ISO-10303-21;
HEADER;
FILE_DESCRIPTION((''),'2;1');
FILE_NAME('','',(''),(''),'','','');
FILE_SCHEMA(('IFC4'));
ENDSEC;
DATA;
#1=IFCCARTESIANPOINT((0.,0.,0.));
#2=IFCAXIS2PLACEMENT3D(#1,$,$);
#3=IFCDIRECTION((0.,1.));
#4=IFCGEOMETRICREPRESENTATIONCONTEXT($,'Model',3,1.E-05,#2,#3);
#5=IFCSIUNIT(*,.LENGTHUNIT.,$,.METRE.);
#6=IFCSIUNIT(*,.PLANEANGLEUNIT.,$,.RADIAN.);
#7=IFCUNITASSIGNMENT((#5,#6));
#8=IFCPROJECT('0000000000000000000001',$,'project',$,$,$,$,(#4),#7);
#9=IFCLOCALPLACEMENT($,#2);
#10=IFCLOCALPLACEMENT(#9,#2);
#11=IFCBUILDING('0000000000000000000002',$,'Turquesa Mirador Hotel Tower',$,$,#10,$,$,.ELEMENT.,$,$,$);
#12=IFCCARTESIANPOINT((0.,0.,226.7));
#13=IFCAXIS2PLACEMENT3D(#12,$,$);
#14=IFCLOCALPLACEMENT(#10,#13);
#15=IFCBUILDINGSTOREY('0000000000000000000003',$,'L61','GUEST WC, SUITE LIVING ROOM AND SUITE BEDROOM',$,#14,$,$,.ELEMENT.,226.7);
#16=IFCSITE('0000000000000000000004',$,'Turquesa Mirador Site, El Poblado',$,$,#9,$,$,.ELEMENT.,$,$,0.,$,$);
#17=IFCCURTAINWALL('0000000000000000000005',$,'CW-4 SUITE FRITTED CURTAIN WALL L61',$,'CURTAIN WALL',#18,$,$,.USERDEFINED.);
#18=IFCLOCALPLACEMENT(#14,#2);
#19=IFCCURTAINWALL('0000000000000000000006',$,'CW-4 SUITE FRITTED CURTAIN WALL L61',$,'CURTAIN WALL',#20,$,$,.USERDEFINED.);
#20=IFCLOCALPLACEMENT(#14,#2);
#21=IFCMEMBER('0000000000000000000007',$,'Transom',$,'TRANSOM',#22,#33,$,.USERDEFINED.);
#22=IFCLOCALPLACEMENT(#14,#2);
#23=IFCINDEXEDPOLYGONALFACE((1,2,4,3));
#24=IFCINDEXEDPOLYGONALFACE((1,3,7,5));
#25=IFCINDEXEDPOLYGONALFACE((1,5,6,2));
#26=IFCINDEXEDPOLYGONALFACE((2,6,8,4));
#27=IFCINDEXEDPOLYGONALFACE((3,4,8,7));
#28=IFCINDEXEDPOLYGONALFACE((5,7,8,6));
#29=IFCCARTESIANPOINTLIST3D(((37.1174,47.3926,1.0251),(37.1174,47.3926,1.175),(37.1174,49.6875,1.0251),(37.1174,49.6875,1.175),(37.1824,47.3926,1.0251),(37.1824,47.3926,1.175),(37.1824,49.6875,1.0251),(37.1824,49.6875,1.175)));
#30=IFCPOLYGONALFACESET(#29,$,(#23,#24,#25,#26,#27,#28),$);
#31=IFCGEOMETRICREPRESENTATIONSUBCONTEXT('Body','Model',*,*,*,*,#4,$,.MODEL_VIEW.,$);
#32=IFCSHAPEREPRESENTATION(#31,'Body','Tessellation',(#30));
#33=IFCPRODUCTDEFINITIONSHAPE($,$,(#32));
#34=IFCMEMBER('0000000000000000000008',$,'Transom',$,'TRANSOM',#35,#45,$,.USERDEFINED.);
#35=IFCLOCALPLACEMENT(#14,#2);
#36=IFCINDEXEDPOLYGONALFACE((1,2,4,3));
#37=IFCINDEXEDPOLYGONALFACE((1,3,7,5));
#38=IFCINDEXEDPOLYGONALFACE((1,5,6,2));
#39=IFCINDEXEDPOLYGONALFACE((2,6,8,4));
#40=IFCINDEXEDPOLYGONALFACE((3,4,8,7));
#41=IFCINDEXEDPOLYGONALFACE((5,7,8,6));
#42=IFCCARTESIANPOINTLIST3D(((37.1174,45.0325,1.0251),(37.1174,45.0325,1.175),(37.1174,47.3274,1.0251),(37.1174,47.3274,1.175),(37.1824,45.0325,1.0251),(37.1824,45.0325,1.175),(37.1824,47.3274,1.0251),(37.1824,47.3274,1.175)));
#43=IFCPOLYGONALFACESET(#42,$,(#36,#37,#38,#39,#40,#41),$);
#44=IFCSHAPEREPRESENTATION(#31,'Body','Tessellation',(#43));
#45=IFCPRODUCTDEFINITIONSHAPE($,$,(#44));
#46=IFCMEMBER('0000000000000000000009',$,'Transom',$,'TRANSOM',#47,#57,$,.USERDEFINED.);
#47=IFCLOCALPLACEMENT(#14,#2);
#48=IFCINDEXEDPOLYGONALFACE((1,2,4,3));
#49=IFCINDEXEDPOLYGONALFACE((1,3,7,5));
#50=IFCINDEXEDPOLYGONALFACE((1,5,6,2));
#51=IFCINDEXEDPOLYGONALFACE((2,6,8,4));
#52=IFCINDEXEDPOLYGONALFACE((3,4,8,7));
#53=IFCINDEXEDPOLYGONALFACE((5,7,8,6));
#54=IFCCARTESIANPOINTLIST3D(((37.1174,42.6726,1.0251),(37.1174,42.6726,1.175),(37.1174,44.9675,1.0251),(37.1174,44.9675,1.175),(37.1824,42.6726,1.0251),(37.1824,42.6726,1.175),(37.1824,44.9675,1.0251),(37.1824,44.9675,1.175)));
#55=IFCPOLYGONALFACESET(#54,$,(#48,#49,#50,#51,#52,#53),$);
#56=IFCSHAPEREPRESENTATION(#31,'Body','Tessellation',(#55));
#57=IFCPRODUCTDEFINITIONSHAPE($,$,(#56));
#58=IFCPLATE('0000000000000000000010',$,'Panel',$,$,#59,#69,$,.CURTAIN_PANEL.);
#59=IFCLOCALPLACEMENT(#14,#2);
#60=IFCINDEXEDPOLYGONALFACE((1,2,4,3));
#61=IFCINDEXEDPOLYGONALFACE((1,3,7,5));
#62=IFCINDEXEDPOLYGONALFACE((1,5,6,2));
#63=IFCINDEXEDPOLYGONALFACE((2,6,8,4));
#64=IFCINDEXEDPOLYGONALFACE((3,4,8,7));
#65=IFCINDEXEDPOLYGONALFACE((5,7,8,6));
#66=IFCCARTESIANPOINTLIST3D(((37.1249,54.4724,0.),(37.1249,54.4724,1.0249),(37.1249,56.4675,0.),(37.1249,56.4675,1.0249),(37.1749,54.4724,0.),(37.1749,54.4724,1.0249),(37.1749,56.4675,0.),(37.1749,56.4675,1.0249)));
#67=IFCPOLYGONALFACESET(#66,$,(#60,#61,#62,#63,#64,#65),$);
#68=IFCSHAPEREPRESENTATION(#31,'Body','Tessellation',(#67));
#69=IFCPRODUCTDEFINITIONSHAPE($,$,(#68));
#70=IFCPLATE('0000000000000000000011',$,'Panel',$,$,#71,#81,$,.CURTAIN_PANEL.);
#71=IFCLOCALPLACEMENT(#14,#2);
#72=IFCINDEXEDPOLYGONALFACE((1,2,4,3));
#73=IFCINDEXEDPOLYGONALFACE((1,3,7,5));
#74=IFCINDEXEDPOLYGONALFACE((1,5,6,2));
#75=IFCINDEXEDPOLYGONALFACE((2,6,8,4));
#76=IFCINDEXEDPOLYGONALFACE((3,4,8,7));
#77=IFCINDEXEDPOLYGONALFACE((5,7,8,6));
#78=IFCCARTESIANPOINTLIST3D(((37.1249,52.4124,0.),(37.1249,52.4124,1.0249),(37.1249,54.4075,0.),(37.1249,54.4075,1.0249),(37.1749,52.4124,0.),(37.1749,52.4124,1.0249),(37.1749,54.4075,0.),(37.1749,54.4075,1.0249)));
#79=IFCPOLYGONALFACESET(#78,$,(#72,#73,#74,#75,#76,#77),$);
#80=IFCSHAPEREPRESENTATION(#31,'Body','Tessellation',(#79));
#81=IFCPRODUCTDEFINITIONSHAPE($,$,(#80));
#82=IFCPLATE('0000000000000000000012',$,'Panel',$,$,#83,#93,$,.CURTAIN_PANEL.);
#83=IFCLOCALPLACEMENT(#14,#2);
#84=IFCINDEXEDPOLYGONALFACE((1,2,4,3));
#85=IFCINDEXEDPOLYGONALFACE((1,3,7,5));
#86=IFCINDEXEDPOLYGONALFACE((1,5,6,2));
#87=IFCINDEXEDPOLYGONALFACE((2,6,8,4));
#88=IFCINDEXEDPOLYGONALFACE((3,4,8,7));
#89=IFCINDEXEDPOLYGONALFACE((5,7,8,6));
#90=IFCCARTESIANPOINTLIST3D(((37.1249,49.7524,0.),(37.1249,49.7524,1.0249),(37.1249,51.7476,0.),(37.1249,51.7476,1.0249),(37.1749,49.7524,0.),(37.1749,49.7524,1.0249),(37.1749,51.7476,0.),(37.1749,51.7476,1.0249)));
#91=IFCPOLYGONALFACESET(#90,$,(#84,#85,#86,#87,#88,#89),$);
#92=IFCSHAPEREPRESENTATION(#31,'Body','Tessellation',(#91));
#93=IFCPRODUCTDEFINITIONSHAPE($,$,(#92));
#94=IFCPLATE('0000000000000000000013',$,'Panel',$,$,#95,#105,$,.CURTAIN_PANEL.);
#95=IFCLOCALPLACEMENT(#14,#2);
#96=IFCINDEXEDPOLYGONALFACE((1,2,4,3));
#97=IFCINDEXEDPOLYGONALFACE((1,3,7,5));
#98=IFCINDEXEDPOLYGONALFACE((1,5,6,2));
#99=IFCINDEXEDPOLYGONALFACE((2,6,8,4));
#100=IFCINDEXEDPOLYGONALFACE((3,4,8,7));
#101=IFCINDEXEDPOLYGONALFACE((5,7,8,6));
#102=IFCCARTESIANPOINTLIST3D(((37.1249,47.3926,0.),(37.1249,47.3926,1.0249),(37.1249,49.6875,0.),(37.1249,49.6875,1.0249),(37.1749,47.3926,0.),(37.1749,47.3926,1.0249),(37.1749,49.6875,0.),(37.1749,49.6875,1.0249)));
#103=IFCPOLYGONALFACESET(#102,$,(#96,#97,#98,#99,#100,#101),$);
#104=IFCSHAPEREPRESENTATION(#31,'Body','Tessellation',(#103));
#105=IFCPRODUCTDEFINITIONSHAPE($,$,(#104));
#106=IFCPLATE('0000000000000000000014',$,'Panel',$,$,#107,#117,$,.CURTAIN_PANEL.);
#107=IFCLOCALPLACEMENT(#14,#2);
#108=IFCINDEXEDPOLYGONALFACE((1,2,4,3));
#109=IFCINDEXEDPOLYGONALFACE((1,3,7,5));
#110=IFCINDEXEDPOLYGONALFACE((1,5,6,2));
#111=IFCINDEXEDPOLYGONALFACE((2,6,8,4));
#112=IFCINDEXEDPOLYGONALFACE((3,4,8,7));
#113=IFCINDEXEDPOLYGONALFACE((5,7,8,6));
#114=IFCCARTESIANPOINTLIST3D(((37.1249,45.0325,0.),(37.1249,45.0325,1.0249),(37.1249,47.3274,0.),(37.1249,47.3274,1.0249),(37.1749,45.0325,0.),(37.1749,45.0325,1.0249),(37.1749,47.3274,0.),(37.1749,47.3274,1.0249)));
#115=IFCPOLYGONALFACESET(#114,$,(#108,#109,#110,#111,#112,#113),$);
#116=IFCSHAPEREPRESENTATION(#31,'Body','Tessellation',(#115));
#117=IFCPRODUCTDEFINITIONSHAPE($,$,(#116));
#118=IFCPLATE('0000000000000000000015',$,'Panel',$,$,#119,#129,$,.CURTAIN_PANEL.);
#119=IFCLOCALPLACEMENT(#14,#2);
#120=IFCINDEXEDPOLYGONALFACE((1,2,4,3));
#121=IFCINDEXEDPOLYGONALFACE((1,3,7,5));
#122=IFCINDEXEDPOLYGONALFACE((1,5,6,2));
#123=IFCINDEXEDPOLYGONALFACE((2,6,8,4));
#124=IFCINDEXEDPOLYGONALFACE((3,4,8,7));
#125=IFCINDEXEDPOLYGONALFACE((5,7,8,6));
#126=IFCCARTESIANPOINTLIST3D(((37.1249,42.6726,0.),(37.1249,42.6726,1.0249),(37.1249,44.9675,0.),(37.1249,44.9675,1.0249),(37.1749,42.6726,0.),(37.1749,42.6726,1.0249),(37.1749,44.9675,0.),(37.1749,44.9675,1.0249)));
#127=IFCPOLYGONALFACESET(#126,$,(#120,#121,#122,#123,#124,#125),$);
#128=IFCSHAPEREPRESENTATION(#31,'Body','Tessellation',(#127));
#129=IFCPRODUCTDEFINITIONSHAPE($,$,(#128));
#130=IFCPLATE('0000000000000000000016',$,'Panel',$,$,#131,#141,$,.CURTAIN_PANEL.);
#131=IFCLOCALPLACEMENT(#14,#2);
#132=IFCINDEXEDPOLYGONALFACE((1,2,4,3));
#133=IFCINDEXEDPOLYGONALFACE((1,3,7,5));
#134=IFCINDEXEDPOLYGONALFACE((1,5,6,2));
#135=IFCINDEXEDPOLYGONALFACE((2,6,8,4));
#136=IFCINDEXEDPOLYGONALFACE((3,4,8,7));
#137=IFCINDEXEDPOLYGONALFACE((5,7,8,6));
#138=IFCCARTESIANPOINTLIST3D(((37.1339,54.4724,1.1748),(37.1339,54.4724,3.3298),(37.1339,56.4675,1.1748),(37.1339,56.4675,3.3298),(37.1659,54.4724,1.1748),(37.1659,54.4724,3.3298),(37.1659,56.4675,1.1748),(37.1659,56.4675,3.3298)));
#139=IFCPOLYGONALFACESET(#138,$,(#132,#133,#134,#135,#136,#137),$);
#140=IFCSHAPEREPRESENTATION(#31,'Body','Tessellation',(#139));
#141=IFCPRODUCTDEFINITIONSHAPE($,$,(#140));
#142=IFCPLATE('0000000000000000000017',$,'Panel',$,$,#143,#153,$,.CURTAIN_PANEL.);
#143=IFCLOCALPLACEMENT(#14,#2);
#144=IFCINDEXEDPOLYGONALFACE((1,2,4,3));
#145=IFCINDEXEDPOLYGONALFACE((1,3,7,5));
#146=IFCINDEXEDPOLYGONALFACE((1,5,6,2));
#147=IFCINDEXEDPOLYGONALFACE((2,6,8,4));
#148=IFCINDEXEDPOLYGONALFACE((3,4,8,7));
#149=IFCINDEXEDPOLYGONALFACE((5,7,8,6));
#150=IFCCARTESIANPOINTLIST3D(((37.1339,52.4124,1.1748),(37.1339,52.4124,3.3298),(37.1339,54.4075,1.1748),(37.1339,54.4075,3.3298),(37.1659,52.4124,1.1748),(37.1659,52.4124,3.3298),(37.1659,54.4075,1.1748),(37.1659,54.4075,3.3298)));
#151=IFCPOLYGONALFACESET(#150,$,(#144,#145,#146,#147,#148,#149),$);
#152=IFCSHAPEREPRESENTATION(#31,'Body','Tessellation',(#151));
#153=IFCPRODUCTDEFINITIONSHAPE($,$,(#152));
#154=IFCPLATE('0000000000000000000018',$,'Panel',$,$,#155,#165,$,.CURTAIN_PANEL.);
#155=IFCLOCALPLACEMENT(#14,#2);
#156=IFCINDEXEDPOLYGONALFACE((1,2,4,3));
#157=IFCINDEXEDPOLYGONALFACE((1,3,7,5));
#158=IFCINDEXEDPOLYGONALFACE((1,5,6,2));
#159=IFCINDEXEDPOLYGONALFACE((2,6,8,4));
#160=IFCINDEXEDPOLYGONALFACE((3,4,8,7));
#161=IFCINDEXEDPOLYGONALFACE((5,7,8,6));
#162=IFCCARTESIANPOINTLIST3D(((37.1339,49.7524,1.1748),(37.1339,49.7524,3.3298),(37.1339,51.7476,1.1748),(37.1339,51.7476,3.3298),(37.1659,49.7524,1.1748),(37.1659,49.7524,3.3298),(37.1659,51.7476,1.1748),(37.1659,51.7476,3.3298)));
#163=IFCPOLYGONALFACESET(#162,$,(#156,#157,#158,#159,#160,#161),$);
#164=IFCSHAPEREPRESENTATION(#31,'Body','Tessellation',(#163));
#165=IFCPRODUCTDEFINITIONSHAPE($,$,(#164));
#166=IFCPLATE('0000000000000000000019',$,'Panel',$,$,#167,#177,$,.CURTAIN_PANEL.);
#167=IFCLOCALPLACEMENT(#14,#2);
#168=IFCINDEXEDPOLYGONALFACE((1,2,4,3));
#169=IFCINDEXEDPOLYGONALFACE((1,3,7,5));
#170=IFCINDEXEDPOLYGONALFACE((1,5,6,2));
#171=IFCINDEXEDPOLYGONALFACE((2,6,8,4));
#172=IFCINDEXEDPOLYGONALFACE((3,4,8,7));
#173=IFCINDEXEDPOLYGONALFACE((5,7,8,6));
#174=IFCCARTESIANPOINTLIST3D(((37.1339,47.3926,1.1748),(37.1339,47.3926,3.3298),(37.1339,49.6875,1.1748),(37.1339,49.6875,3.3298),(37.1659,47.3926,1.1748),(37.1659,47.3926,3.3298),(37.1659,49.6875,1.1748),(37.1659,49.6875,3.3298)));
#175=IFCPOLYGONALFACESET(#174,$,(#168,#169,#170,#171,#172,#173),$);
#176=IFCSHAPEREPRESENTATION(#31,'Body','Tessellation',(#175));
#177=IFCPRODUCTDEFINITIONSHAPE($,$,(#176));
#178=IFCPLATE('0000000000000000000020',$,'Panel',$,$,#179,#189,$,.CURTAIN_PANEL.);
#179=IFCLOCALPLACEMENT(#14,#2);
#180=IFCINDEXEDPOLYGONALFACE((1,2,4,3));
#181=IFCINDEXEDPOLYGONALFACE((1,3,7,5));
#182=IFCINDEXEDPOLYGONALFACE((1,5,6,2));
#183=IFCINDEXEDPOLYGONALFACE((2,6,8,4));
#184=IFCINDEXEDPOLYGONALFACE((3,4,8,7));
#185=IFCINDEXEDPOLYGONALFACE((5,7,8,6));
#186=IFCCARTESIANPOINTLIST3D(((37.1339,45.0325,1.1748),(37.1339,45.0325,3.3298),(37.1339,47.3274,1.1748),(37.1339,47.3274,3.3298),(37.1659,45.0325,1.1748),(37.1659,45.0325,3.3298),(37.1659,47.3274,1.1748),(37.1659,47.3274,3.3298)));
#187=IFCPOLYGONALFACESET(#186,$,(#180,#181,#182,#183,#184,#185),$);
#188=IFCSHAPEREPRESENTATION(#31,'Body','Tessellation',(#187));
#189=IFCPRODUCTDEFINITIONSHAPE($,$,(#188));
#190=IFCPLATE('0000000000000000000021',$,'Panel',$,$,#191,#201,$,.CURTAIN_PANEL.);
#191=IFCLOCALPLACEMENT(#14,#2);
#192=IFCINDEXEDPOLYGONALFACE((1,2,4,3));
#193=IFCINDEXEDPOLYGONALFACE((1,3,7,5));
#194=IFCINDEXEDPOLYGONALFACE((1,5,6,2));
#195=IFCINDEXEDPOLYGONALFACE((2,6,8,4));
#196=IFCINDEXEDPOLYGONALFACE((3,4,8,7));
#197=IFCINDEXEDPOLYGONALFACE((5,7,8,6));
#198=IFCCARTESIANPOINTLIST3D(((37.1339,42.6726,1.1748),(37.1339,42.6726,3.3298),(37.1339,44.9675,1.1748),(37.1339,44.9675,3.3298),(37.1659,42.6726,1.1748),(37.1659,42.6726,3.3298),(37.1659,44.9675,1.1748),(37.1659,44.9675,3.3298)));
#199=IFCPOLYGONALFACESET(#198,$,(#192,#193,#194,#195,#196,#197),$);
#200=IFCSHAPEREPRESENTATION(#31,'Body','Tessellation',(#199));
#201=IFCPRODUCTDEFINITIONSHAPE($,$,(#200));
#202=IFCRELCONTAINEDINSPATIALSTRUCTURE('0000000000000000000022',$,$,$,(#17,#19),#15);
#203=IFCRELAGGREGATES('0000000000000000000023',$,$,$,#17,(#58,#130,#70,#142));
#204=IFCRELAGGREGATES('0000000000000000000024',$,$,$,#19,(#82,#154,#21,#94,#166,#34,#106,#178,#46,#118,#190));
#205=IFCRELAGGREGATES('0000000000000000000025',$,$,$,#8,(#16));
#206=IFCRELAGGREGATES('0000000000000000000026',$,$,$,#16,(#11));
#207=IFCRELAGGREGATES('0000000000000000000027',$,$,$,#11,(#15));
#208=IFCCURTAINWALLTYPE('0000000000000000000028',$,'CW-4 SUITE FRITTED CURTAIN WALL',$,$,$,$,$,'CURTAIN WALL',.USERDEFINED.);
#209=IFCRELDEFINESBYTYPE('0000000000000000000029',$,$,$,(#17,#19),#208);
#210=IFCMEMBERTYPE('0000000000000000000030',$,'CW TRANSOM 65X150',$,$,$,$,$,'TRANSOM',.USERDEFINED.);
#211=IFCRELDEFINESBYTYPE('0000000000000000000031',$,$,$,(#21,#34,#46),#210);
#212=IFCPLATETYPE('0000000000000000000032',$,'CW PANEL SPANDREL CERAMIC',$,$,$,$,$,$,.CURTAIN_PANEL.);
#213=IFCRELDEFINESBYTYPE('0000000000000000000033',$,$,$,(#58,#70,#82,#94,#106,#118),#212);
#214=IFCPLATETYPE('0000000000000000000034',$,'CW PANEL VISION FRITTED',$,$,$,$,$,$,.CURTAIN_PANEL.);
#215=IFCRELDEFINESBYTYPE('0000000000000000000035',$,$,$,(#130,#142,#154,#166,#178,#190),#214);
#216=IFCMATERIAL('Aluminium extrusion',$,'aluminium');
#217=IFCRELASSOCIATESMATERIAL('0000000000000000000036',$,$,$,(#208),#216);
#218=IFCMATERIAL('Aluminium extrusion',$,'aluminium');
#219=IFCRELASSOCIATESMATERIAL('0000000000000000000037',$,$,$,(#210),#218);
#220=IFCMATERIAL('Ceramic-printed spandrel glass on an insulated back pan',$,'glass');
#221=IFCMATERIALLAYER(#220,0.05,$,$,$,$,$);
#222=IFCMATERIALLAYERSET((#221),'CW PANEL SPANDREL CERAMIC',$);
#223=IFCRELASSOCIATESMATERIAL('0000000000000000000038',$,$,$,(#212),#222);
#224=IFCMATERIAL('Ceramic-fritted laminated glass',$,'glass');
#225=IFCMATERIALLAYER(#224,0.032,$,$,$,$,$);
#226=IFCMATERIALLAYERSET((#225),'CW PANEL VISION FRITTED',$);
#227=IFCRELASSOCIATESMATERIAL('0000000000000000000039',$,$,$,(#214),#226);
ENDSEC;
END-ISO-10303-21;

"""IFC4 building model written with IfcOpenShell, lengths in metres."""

from ifc_helpers import new_model, si_unit, direction, frame, origin, origin_2d, place, context, subcontext, project, spatial, rectangle, extrude, material, layer, layer_set, material_profile, profile_set, type_object, element, aggregate, save


model = new_model("IFC4")

# Units and contexts
model_context = context("Model", 3, precision=1e-05, world=origin(), true_north=direction((0.0, 1.0)))
body_context = subcontext(model_context, "Body", "Model", "MODEL_VIEW")
ifc_project = project(units=[si_unit("LENGTHUNIT", "METRE"), si_unit("PLANEANGLEUNIT", "RADIAN")], contexts=[model_context])

# Site, building, storey
site_placement = place(None, origin())
site = spatial("IfcSite", under=ifc_project, at=site_placement, Name="Turquesa Mirador Site, El Poblado", CompositionType="ELEMENT", RefElevation=0.0)
building_placement = place(site_placement, origin())
building = spatial("IfcBuilding", under=site, at=building_placement, Name="Turquesa Mirador Hotel Tower", CompositionType="ELEMENT")
storey_placement = place(building_placement, frame((0.0, 0.0, 226.7)))
storey = spatial("IfcBuildingStorey", under=building, at=storey_placement, Name="L61", Description="GUEST WC, SUITE LIVING ROOM AND SUITE BEDROOM", CompositionType="ELEMENT", Elevation=226.7)

# Curtain walls
ifc_material_1 = material(Name="Aluminium extrusion", Category="aluminium")
curtain_wall_type = type_object("IfcCurtainWallType", Name="CW-4 SUITE FRITTED CURTAIN WALL", ElementType="CURTAIN WALL", PredefinedType="USERDEFINED", material=ifc_material_1)
curtain_wall_1_placement = place(storey_placement, origin())
curtain_wall_1 = element("IfcCurtainWall", 1, at=curtain_wall_1_placement, inside=storey, type_object=curtain_wall_type, Name="CW-4 SUITE FRITTED CURTAIN WALL L61", ObjectType="CURTAIN WALL", PredefinedType="USERDEFINED")
curtain_wall_2_placement = place(storey_placement, origin())
curtain_wall_2 = element("IfcCurtainWall", 2, at=curtain_wall_2_placement, inside=storey, type_object=curtain_wall_type, Name="CW-4 SUITE FRITTED CURTAIN WALL L61", ObjectType="CURTAIN WALL", PredefinedType="USERDEFINED")

# Members
ifc_material_2 = material(Name="Aluminium extrusion", Category="aluminium")
ifc_material_profile_1 = material_profile(ifc_material_2, rectangle(XDim=0.0649, YDim=0.1499, at=origin_2d()), Name="TRANSOM 65X150")
ifc_profile_set_1 = profile_set([ifc_material_profile_1], Name="Aluminium extrusion")
member_type_1 = type_object("IfcMemberType", Name="CW TRANSOM 65X150", ElementType="TRANSOM", PredefinedType="USERDEFINED", material=ifc_profile_set_1)
member_1_placement = place(storey_placement, frame((37.1499, 49.6875, 1.1001), z_axis=(0.0, -1.0, 0.0), x_axis=(1.0, 0.0, 0.0)))
member_1 = element("IfcMember", 3, at=member_1_placement, type_object=member_type_1, Name="Transom", ObjectType="TRANSOM", PredefinedType="USERDEFINED", context=body_context, shape_type="SweptSolid", body=[
    extrude(rectangle(XDim=0.0649, YDim=0.1499, at=origin_2d()), origin(), (0.0, 0.0, 1.0), 2.2949),
])
member_2_placement = place(storey_placement, frame((37.1499, 47.3274, 1.1001), z_axis=(0.0, -1.0, 0.0), x_axis=(1.0, 0.0, 0.0)))
member_2 = element("IfcMember", 4, at=member_2_placement, type_object=member_type_1, Name="Transom", ObjectType="TRANSOM", PredefinedType="USERDEFINED", context=body_context, shape_type="SweptSolid", body=[
    extrude(rectangle(XDim=0.0649, YDim=0.1499, at=origin_2d()), origin(), (0.0, 0.0, 1.0), 2.2949),
])
member_3_placement = place(storey_placement, frame((37.1499, 44.9675, 1.1001), z_axis=(0.0, -1.0, 0.0), x_axis=(1.0, 0.0, 0.0)))
member_3 = element("IfcMember", 5, at=member_3_placement, type_object=member_type_1, Name="Transom", ObjectType="TRANSOM", PredefinedType="USERDEFINED", context=body_context, shape_type="SweptSolid", body=[
    extrude(rectangle(XDim=0.0649, YDim=0.1499, at=origin_2d()), origin(), (0.0, 0.0, 1.0), 2.2949),
])

# Plates
ifc_material_3 = material(Name="Ceramic-printed spandrel glass on an insulated back pan", Category="glass")
ifc_layer_1 = layer(ifc_material_3, 0.05)
ifc_layer_set_1 = layer_set([ifc_layer_1], Name="CW PANEL SPANDREL CERAMIC")
plate_type_1 = type_object("IfcPlateType", Name="CW PANEL SPANDREL CERAMIC", PredefinedType="CURTAIN_PANEL", material=ifc_layer_set_1)
plate_1_placement = place(storey_placement, frame((37.1499, 55.47, 0.0), z_axis=(0.0, 0.0, 1.0), x_axis=(0.0, -1.0, 0.0)))
plate_1 = element("IfcPlate", 6, at=plate_1_placement, type_object=plate_type_1, Name="Panel", PredefinedType="CURTAIN_PANEL", context=body_context, shape_type="SweptSolid", body=[
    extrude(rectangle(XDim=1.9951, YDim=0.05, at=origin_2d()), origin(), (0.0, 0.0, 1.0), 1.0249),
])
plate_2_placement = place(storey_placement, frame((37.1499, 53.4099, 0.0), z_axis=(0.0, 0.0, 1.0), x_axis=(0.0, -1.0, 0.0)))
plate_2 = element("IfcPlate", 7, at=plate_2_placement, type_object=plate_type_1, Name="Panel", PredefinedType="CURTAIN_PANEL", context=body_context, shape_type="SweptSolid", body=[
    extrude(rectangle(XDim=1.9951, YDim=0.05, at=origin_2d()), origin(), (0.0, 0.0, 1.0), 1.0249),
])
plate_3_placement = place(storey_placement, frame((37.1499, 50.75, 0.0), z_axis=(0.0, 0.0, 1.0), x_axis=(0.0, -1.0, 0.0)))
plate_3 = element("IfcPlate", 8, at=plate_3_placement, type_object=plate_type_1, Name="Panel", PredefinedType="CURTAIN_PANEL", context=body_context, shape_type="SweptSolid", body=[
    extrude(rectangle(XDim=1.9951, YDim=0.05, at=origin_2d()), origin(), (0.0, 0.0, 1.0), 1.0249),
])
plate_4_placement = place(storey_placement, frame((37.1499, 48.54, 0.0), z_axis=(0.0, 0.0, 1.0), x_axis=(0.0, -1.0, 0.0)))
plate_4 = element("IfcPlate", 9, at=plate_4_placement, type_object=plate_type_1, Name="Panel", PredefinedType="CURTAIN_PANEL", context=body_context, shape_type="SweptSolid", body=[
    extrude(rectangle(XDim=2.2949, YDim=0.05, at=origin_2d()), origin(), (0.0, 0.0, 1.0), 1.0249),
])
plate_5_placement = place(storey_placement, frame((37.1499, 46.1799, 0.0), z_axis=(0.0, 0.0, 1.0), x_axis=(0.0, -1.0, 0.0)))
plate_5 = element("IfcPlate", 10, at=plate_5_placement, type_object=plate_type_1, Name="Panel", PredefinedType="CURTAIN_PANEL", context=body_context, shape_type="SweptSolid", body=[
    extrude(rectangle(XDim=2.2949, YDim=0.05, at=origin_2d()), origin(), (0.0, 0.0, 1.0), 1.0249),
])
plate_6_placement = place(storey_placement, frame((37.1499, 43.8201, 0.0), z_axis=(0.0, 0.0, 1.0), x_axis=(0.0, -1.0, 0.0)))
plate_6 = element("IfcPlate", 11, at=plate_6_placement, type_object=plate_type_1, Name="Panel", PredefinedType="CURTAIN_PANEL", context=body_context, shape_type="SweptSolid", body=[
    extrude(rectangle(XDim=2.2949, YDim=0.05, at=origin_2d()), origin(), (0.0, 0.0, 1.0), 1.0249),
])
ifc_material_4 = material(Name="Ceramic-fritted laminated glass", Category="glass")
ifc_layer_2 = layer(ifc_material_4, 0.032)
ifc_layer_set_2 = layer_set([ifc_layer_2], Name="CW PANEL VISION FRITTED")
plate_type_2 = type_object("IfcPlateType", Name="CW PANEL VISION FRITTED", PredefinedType="CURTAIN_PANEL", material=ifc_layer_set_2)
plate_7_placement = place(storey_placement, frame((37.1499, 55.47, 1.1748), z_axis=(0.0, 0.0, 1.0), x_axis=(0.0, -1.0, 0.0)))
plate_7 = element("IfcPlate", 12, at=plate_7_placement, type_object=plate_type_2, Name="Panel", PredefinedType="CURTAIN_PANEL", context=body_context, shape_type="SweptSolid", body=[
    extrude(rectangle(XDim=1.9951, YDim=0.032, at=origin_2d()), origin(), (0.0, 0.0, 1.0), 2.155),
])
plate_8_placement = place(storey_placement, frame((37.1499, 53.4099, 1.1748), z_axis=(0.0, 0.0, 1.0), x_axis=(0.0, -1.0, 0.0)))
plate_8 = element("IfcPlate", 13, at=plate_8_placement, type_object=plate_type_2, Name="Panel", PredefinedType="CURTAIN_PANEL", context=body_context, shape_type="SweptSolid", body=[
    extrude(rectangle(XDim=1.9951, YDim=0.032, at=origin_2d()), origin(), (0.0, 0.0, 1.0), 2.155),
])
aggregate(curtain_wall_1, [plate_1, plate_7, plate_2, plate_8])
plate_9_placement = place(storey_placement, frame((37.1499, 50.75, 1.1748), z_axis=(0.0, 0.0, 1.0), x_axis=(0.0, -1.0, 0.0)))
plate_9 = element("IfcPlate", 14, at=plate_9_placement, type_object=plate_type_2, Name="Panel", PredefinedType="CURTAIN_PANEL", context=body_context, shape_type="SweptSolid", body=[
    extrude(rectangle(XDim=1.9951, YDim=0.032, at=origin_2d()), origin(), (0.0, 0.0, 1.0), 2.155),
])
plate_10_placement = place(storey_placement, frame((37.1499, 48.54, 1.1748), z_axis=(0.0, 0.0, 1.0), x_axis=(0.0, -1.0, 0.0)))
plate_10 = element("IfcPlate", 15, at=plate_10_placement, type_object=plate_type_2, Name="Panel", PredefinedType="CURTAIN_PANEL", context=body_context, shape_type="SweptSolid", body=[
    extrude(rectangle(XDim=2.2949, YDim=0.032, at=origin_2d()), origin(), (0.0, 0.0, 1.0), 2.155),
])
plate_11_placement = place(storey_placement, frame((37.1499, 46.1799, 1.1748), z_axis=(0.0, 0.0, 1.0), x_axis=(0.0, -1.0, 0.0)))
plate_11 = element("IfcPlate", 16, at=plate_11_placement, type_object=plate_type_2, Name="Panel", PredefinedType="CURTAIN_PANEL", context=body_context, shape_type="SweptSolid", body=[
    extrude(rectangle(XDim=2.2949, YDim=0.032, at=origin_2d()), origin(), (0.0, 0.0, 1.0), 2.155),
])
plate_12_placement = place(storey_placement, frame((37.1499, 43.8201, 1.1748), z_axis=(0.0, 0.0, 1.0), x_axis=(0.0, -1.0, 0.0)))
plate_12 = element("IfcPlate", 17, at=plate_12_placement, type_object=plate_type_2, Name="Panel", PredefinedType="CURTAIN_PANEL", context=body_context, shape_type="SweptSolid", body=[
    extrude(rectangle(XDim=2.2949, YDim=0.032, at=origin_2d()), origin(), (0.0, 0.0, 1.0), 2.155),
])
aggregate(curtain_wall_2, [plate_3, plate_9, member_1, plate_4, plate_10, member_2, plate_5, plate_11, member_3, plate_6, plate_12])

save(model, "model.ifc")
